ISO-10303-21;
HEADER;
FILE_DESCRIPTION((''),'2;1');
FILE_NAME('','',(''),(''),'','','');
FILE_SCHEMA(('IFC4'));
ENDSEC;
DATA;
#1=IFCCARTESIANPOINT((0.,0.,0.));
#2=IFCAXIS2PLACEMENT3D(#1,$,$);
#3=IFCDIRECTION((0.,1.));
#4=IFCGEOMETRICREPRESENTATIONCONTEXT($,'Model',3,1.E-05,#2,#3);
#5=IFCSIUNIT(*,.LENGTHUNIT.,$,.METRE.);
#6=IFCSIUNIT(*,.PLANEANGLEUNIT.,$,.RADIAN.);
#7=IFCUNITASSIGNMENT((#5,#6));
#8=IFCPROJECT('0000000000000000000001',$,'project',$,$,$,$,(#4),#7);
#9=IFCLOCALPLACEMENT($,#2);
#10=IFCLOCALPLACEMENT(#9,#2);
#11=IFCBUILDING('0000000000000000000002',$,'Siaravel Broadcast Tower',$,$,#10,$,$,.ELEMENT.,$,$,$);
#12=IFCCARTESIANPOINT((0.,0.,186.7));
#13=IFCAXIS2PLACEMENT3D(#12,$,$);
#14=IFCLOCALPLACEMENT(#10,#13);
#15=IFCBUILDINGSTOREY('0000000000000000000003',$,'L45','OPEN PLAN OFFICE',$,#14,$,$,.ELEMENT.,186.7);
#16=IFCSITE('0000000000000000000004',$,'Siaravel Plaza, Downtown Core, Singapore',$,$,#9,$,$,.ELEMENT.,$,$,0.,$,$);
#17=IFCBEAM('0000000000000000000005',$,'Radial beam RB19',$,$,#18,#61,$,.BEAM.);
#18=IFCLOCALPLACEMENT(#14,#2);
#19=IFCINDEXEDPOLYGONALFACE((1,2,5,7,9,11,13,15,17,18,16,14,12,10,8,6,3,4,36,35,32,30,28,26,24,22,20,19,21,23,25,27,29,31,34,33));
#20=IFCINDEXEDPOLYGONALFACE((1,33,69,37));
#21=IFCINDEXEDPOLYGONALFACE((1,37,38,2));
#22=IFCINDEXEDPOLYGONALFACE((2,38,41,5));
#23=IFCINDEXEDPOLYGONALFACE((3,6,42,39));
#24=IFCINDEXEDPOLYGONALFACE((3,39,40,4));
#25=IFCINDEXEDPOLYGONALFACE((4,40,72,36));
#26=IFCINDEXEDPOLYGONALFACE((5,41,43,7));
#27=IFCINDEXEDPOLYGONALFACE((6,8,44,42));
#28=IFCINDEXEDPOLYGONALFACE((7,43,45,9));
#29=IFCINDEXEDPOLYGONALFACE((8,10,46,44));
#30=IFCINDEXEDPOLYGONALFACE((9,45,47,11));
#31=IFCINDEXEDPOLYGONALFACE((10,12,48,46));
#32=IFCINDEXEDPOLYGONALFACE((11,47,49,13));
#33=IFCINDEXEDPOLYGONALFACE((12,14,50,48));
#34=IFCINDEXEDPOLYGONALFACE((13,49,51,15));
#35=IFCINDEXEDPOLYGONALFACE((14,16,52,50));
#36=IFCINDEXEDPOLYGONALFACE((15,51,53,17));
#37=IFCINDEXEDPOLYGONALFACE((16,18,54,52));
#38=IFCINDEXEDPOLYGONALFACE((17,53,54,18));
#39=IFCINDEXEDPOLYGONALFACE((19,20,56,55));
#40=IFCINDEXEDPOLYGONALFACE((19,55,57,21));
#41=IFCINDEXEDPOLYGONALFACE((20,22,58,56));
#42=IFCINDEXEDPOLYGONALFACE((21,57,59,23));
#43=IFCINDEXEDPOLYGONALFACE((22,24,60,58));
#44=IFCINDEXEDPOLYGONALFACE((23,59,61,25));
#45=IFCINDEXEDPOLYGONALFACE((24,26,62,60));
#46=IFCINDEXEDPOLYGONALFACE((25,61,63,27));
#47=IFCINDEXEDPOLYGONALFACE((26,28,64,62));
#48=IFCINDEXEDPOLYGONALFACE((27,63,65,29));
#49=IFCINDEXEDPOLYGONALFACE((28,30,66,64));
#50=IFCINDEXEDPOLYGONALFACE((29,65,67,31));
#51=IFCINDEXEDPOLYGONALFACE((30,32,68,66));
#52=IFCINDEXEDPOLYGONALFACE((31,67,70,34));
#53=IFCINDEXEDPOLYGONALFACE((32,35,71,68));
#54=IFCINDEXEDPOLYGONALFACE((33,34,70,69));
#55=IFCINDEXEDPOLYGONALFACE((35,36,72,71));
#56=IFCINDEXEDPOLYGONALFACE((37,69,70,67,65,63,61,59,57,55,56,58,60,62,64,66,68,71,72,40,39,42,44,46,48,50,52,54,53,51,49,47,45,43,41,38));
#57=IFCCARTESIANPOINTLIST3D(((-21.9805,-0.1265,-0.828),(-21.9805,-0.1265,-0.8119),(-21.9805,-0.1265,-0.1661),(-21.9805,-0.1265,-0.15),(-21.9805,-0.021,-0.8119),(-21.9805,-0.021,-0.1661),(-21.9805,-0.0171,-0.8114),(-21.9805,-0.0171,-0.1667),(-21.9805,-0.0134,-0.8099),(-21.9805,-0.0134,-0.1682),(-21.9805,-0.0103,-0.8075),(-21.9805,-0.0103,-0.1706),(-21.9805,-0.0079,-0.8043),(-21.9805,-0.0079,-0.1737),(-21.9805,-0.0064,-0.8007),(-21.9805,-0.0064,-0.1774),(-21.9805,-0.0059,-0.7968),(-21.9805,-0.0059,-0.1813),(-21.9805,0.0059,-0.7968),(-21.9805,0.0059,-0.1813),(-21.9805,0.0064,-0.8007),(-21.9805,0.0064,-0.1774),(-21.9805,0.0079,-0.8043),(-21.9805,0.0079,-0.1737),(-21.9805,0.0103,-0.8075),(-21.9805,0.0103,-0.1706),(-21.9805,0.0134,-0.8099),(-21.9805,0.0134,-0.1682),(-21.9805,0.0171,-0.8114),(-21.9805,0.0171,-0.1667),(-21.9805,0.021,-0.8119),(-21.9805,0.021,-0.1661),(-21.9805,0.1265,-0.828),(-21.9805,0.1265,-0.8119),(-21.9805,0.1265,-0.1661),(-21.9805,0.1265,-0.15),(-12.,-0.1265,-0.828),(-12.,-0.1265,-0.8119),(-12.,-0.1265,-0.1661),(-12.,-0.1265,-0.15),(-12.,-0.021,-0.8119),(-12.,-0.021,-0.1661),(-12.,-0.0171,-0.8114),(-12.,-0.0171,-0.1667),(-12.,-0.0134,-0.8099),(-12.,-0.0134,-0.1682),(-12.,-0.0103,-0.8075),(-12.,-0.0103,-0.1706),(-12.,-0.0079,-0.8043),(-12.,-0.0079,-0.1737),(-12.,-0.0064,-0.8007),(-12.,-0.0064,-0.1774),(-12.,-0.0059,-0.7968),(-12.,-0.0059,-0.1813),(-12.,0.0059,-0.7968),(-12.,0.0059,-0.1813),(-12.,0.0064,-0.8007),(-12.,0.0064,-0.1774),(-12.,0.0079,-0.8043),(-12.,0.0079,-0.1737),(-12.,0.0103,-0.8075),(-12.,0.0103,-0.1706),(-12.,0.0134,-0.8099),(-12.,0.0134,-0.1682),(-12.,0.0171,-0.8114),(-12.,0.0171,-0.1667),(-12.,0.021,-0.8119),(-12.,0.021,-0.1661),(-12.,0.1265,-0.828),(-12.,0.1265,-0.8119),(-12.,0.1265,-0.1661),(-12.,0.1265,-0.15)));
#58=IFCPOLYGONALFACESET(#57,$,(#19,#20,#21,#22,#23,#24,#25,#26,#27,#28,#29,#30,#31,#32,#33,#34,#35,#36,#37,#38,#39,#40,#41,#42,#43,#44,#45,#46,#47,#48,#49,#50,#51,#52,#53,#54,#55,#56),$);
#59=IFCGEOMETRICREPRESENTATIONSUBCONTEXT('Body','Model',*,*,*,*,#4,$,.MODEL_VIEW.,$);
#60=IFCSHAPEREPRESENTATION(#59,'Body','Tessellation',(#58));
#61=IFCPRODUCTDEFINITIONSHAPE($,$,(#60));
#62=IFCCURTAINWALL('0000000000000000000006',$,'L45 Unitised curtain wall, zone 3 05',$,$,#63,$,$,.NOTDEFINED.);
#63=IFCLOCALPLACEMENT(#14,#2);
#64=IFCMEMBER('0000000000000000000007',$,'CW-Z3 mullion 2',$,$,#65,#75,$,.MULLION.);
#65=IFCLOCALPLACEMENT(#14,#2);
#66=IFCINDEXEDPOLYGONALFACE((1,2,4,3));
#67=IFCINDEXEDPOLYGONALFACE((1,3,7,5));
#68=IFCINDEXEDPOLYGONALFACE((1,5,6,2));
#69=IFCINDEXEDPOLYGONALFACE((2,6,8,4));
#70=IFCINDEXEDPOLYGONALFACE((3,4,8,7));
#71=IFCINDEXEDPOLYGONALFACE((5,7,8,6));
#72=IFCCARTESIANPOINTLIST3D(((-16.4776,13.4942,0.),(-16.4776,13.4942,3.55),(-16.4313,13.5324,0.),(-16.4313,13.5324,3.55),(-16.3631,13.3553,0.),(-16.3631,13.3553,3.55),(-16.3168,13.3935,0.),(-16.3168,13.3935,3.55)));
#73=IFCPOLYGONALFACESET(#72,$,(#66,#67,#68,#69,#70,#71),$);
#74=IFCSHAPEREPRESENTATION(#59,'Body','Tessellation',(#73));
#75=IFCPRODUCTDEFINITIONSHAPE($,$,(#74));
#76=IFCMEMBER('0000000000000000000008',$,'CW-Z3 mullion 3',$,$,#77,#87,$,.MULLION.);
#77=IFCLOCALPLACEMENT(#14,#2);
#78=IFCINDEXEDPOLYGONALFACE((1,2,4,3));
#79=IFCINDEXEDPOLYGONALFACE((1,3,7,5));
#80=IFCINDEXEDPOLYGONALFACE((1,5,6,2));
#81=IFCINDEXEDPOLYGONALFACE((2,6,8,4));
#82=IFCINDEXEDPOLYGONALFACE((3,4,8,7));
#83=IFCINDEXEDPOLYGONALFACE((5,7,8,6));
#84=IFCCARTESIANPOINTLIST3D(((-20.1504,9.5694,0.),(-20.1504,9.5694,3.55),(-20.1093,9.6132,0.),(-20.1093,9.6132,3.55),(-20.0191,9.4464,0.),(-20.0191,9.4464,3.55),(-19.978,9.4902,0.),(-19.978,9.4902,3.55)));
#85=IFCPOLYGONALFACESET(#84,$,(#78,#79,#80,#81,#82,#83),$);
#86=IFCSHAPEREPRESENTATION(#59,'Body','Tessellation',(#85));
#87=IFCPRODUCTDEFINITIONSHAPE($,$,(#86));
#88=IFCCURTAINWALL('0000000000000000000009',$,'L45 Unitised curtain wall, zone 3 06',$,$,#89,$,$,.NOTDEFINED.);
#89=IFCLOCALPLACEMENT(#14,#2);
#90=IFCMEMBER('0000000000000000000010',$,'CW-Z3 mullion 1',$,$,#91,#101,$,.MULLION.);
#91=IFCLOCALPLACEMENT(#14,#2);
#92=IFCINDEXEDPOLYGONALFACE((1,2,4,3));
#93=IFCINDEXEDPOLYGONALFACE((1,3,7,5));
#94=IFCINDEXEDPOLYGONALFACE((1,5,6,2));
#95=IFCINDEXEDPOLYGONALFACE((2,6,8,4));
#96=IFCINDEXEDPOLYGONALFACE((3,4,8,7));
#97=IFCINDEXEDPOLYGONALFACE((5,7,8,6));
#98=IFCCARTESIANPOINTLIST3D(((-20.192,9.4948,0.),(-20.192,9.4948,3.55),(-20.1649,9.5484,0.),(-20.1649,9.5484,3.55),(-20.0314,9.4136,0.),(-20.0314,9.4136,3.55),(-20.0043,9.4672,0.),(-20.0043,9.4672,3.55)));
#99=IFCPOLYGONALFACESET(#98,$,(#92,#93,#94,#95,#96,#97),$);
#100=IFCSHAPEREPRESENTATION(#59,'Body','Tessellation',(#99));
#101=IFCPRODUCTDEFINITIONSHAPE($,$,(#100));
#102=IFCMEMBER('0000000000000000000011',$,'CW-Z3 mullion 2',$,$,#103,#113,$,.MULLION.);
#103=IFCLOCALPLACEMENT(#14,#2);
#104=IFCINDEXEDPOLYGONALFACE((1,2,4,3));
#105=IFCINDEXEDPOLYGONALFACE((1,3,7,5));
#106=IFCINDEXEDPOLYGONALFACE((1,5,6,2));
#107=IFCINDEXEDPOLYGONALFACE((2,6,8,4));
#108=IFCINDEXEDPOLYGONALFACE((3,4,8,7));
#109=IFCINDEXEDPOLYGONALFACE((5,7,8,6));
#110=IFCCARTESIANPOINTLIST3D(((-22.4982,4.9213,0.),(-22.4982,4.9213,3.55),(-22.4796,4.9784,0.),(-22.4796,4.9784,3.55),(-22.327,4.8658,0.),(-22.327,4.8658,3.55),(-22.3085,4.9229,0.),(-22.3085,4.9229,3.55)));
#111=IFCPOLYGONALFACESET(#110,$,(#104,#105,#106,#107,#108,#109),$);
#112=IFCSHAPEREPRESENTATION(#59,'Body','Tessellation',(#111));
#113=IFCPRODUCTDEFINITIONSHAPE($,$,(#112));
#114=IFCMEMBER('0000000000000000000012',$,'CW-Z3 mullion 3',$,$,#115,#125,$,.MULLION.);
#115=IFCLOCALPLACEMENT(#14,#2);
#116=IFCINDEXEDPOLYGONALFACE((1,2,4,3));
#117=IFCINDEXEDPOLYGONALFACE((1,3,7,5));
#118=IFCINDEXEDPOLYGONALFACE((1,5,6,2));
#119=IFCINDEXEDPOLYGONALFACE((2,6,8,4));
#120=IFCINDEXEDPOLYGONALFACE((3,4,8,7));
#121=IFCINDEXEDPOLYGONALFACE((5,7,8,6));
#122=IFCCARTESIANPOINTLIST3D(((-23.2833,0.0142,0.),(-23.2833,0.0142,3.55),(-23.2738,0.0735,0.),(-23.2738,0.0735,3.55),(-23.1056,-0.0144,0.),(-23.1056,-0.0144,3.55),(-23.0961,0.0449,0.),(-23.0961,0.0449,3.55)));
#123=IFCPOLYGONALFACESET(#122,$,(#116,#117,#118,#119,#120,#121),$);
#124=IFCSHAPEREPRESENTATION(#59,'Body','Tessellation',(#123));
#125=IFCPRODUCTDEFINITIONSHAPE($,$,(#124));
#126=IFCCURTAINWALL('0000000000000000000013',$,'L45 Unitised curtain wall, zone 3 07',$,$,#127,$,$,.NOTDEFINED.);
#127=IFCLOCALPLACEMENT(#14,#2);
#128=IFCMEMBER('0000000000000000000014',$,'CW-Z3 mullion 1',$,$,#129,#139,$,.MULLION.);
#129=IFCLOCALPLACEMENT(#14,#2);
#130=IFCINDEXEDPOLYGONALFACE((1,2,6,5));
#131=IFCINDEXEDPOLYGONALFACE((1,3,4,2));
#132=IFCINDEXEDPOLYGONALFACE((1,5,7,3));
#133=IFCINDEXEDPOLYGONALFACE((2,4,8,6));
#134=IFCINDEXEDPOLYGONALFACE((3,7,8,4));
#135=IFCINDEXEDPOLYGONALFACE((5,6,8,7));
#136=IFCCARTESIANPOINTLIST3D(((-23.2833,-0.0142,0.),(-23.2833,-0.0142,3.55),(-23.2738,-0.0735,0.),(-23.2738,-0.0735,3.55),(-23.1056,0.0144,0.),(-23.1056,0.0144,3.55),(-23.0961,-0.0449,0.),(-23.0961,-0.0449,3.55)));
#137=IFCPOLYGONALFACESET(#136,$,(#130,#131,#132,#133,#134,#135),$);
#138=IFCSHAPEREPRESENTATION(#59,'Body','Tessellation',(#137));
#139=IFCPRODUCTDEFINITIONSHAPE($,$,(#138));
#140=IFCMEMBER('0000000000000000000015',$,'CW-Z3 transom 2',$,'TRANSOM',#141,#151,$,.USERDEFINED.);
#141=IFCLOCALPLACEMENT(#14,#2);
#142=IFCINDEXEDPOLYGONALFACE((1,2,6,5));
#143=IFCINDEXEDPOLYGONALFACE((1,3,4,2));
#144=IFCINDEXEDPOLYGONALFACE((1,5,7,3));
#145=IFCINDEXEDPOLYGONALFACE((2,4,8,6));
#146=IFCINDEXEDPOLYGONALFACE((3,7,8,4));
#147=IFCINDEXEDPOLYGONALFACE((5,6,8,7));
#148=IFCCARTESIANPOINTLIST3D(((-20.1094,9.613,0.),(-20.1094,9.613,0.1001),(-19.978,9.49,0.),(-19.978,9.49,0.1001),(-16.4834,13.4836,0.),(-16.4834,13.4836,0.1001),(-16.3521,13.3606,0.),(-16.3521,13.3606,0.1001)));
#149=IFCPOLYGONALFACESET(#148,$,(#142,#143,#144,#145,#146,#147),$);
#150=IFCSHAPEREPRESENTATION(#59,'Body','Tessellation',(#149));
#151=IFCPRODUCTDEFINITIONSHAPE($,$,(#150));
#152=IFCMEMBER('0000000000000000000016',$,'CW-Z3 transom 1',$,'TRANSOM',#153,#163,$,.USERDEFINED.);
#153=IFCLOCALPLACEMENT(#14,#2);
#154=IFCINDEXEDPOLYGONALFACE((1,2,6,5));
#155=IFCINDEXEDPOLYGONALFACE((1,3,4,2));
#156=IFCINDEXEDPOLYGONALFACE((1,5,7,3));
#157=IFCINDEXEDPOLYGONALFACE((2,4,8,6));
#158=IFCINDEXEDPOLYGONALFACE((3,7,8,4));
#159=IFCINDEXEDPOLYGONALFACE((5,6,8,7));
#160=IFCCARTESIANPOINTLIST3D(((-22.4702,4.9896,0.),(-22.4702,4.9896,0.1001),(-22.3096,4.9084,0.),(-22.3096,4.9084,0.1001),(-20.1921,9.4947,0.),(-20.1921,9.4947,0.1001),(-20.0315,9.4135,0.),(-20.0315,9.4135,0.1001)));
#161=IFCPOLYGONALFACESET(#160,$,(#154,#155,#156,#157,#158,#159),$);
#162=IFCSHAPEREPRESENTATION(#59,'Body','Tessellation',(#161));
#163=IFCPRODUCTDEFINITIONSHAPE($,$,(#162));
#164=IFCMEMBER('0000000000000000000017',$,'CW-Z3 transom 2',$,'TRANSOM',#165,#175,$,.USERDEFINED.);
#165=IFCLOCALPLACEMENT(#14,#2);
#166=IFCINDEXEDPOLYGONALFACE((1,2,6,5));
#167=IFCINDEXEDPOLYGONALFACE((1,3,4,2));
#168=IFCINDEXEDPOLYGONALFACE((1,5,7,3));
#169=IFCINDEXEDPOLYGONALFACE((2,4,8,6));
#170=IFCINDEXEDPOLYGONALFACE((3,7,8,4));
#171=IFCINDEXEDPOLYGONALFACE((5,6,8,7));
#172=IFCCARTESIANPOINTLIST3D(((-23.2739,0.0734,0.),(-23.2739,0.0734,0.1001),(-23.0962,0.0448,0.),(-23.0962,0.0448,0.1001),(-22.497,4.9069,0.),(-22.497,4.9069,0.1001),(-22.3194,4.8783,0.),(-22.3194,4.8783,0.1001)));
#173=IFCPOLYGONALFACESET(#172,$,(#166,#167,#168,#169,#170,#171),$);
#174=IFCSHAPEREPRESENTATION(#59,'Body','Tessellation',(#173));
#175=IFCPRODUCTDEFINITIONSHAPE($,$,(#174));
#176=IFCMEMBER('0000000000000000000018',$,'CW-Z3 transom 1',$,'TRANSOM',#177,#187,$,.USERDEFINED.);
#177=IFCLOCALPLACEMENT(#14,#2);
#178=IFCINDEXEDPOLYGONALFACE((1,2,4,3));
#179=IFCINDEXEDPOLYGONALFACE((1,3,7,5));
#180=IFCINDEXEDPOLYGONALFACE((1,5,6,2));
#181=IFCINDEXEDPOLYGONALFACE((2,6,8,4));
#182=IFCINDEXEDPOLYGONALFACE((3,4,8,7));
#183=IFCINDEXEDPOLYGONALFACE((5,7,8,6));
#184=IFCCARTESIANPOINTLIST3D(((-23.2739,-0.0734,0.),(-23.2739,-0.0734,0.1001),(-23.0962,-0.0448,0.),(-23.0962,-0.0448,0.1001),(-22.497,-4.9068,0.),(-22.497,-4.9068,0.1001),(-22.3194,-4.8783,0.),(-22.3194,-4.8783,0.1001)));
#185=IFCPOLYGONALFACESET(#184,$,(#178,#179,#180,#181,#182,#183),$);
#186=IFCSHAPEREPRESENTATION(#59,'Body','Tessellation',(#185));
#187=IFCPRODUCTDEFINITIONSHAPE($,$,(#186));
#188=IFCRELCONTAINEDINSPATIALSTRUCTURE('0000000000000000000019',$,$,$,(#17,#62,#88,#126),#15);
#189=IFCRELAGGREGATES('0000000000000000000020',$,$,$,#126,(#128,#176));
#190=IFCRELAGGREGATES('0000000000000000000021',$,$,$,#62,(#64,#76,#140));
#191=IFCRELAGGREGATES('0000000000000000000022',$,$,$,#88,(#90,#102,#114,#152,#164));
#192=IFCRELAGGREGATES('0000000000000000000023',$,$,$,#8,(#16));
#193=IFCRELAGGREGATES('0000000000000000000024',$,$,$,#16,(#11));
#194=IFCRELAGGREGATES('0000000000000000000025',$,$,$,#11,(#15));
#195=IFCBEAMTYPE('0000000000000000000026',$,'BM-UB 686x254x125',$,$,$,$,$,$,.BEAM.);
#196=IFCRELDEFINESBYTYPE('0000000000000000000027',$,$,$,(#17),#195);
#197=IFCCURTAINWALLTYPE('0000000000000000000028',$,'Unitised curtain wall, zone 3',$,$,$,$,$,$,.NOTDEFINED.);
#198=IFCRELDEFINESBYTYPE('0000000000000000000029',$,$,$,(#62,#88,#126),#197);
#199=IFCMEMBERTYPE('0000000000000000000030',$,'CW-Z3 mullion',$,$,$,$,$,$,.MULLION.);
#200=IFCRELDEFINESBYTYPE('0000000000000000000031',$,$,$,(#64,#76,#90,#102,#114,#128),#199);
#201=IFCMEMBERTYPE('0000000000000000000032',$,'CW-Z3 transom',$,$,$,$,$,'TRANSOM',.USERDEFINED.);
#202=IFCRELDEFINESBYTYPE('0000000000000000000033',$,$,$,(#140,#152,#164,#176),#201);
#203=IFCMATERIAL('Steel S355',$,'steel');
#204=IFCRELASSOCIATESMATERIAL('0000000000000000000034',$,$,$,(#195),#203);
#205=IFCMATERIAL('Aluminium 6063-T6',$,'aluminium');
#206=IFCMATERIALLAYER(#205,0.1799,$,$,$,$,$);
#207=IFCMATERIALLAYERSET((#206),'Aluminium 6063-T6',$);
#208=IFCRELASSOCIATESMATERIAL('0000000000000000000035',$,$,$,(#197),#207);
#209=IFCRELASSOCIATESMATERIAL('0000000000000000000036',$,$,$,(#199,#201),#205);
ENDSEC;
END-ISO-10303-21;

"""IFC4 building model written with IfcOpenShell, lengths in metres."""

from ifc_helpers import new_model, si_unit, direction, frame, origin, origin_2d, place, context, subcontext, project, spatial, rectangle, i_section, extrude, material, layer, layer_set, material_profile, profile_set, type_object, element, aggregate, save


model = new_model("IFC4")

# Units and contexts
model_context = context("Model", 3, precision=1e-05, world=origin(), true_north=direction((0.0, 1.0)))
body_context = subcontext(model_context, "Body", "Model", "MODEL_VIEW")
ifc_project = project(units=[si_unit("LENGTHUNIT", "METRE"), si_unit("PLANEANGLEUNIT", "RADIAN")], contexts=[model_context])

# Site, building, storey
site_placement = place(None, origin())
site = spatial("IfcSite", under=ifc_project, at=site_placement, Name="Siaravel Plaza, Downtown Core, Singapore", CompositionType="ELEMENT", RefElevation=0.0)
building_placement = place(site_placement, origin())
building = spatial("IfcBuilding", under=site, at=building_placement, Name="Siaravel Broadcast Tower", CompositionType="ELEMENT")
storey_placement = place(building_placement, frame((0.0, 0.0, 186.7)))
storey = spatial("IfcBuildingStorey", under=building, at=storey_placement, Name="L45", Description="OPEN PLAN OFFICE", CompositionType="ELEMENT", Elevation=186.7)

# Beam
ifc_material_1 = material(Name="Steel S355", Category="steel")
ifc_material_profile_1 = material_profile(ifc_material_1, i_section(OverallWidth=0.2529, OverallDepth=0.678, WebThickness=0.0117, FlangeThickness=0.0161, FilletRadius=0.0151, at=origin_2d()))
ifc_profile_set_1 = profile_set([ifc_material_profile_1], Name="Steel S355")
beam_type = type_object("IfcBeamType", Name="BM-UB 686x254x125", PredefinedType="BEAM", material=ifc_profile_set_1)
beam_1_placement = place(storey_placement, frame((-21.9805, 0.0, -0.489), z_axis=(1.0, 0.0, 0.0), x_axis=(0.0, 1.0, 0.0)))
element("IfcBeam", 1, at=beam_1_placement, inside=storey, type_object=beam_type, Name="Radial beam RB19", PredefinedType="BEAM", context=body_context, shape_type="SweptSolid", body=[
    extrude(i_section(OverallWidth=0.2529, OverallDepth=0.678, WebThickness=0.0117, FlangeThickness=0.0161, FilletRadius=0.0151, at=origin_2d()), origin(), (0.0, 0.0, 1.0), 9.9805),
])

# Curtain walls, members
ifc_material_2 = material(Name="Aluminium 6063-T6", Category="aluminium")
ifc_layer_1 = layer(ifc_material_2, 0.1799)
ifc_layer_set_1 = layer_set([ifc_layer_1], Name="Aluminium 6063-T6")
curtain_wall_type = type_object("IfcCurtainWallType", Name="Unitised curtain wall, zone 3", PredefinedType="NOTDEFINED", material=ifc_layer_set_1)
curtain_wall_1_placement = place(storey_placement, origin())
curtain_wall_1 = element("IfcCurtainWall", 2, at=curtain_wall_1_placement, inside=storey, type_object=curtain_wall_type, Name="L45 Unitised curtain wall, zone 3 05", PredefinedType="NOTDEFINED")
ifc_material_profile_2 = material_profile(ifc_material_2, rectangle(XDim=0.1799, YDim=0.0601, at=origin_2d()))
ifc_profile_set_2 = profile_set([ifc_material_profile_2], Name="Aluminium 6063-T6")
member_type_1 = type_object("IfcMemberType", Name="CW-Z3 mullion", PredefinedType="MULLION", material=ifc_profile_set_2)
member_1_placement = place(storey_placement, frame((-16.3972, 13.4438, 0.0), z_axis=(0.0, 0.0, 1.0), x_axis=(0.636218, -0.771509, 0.0)))
member_1 = element("IfcMember", 3, at=member_1_placement, type_object=member_type_1, Name="CW-Z3 mullion 2", PredefinedType="MULLION", context=body_context, shape_type="SweptSolid", body=[
    extrude(rectangle(XDim=0.1799, YDim=0.0601, at=origin_2d()), origin(), (0.0, 0.0, 1.0), 3.55),
])
member_2_placement = place(storey_placement, frame((-20.0642, 9.5298, 0.0), z_axis=(0.0, 0.0, 1.0), x_axis=(0.729805, -0.683655, 0.0)))
member_2 = element("IfcMember", 4, at=member_2_placement, type_object=member_type_1, Name="CW-Z3 mullion 3", PredefinedType="MULLION", context=body_context, shape_type="SweptSolid", body=[
    extrude(rectangle(XDim=0.1799, YDim=0.0601, at=origin_2d()), origin(), (0.0, 0.0, 1.0), 3.55),
])
curtain_wall_2_placement = place(storey_placement, origin())
curtain_wall_2 = element("IfcCurtainWall", 5, at=curtain_wall_2_placement, inside=storey, type_object=curtain_wall_type, Name="L45 Unitised curtain wall, zone 3 06", PredefinedType="NOTDEFINED")
member_3_placement = place(storey_placement, frame((-20.0981, 9.481, 0.0), z_axis=(0.0, 0.0, 1.0), x_axis=(0.892392, -0.451261, 0.0)))
member_3 = element("IfcMember", 6, at=member_3_placement, type_object=member_type_1, Name="CW-Z3 mullion 1", PredefinedType="MULLION", context=body_context, shape_type="SweptSolid", body=[
    extrude(rectangle(XDim=0.1799, YDim=0.0601, at=origin_2d()), origin(), (0.0, 0.0, 1.0), 3.55),
])
member_4_placement = place(storey_placement, frame((-22.4033, 4.9221, 0.0), z_axis=(0.0, 0.0, 1.0), x_axis=(0.951177, -0.308645, 0.0)))
member_4 = element("IfcMember", 7, at=member_4_placement, type_object=member_type_1, Name="CW-Z3 mullion 2", PredefinedType="MULLION", context=body_context, shape_type="SweptSolid", body=[
    extrude(rectangle(XDim=0.1799, YDim=0.0601, at=origin_2d()), origin(), (0.0, 0.0, 1.0), 3.55),
])
member_5_placement = place(storey_placement, frame((-23.1897, 0.0295, 0.0), z_axis=(0.0, 0.0, 1.0), x_axis=(0.987329, -0.158686, 0.0)))
member_5 = element("IfcMember", 8, at=member_5_placement, type_object=member_type_1, Name="CW-Z3 mullion 3", PredefinedType="MULLION", context=body_context, shape_type="SweptSolid", body=[
    extrude(rectangle(XDim=0.1799, YDim=0.0601, at=origin_2d()), origin(), (0.0, 0.0, 1.0), 3.55),
])

# Curtain wall, member
curtain_wall_3_placement = place(storey_placement, origin())
curtain_wall_3 = element("IfcCurtainWall", 9, at=curtain_wall_3_placement, inside=storey, type_object=curtain_wall_type, Name="L45 Unitised curtain wall, zone 3 07", PredefinedType="NOTDEFINED")
member_6_placement = place(storey_placement, frame((-23.1897, -0.0295, 0.0), z_axis=(0.0, 0.0, 1.0), x_axis=(0.987329, 0.158686, 0.0)))
member_6 = element("IfcMember", 10, at=member_6_placement, type_object=member_type_1, Name="CW-Z3 mullion 1", PredefinedType="MULLION", context=body_context, shape_type="SweptSolid", body=[
    extrude(rectangle(XDim=0.1799, YDim=0.0601, at=origin_2d()), origin(), (0.0, 0.0, 1.0), 3.55),
])

# Members
ifc_material_profile_3 = material_profile(ifc_material_2, rectangle(XDim=0.1799, YDim=0.1001, at=origin_2d()))
ifc_profile_set_3 = profile_set([ifc_material_profile_3], Name="Aluminium 6063-T6")
member_type_2 = type_object("IfcMemberType", Name="CW-Z3 transom", ElementType="TRANSOM", PredefinedType="USERDEFINED", material=ifc_profile_set_3)
member_7_placement = place(storey_placement, frame((-16.4177, 13.4221, 0.05), z_axis=(-0.683669, -0.729793, 0.0), x_axis=(0.729793, -0.683669, 0.0)))
member_7 = element("IfcMember", 11, at=member_7_placement, type_object=member_type_2, Name="CW-Z3 transom 2", ObjectType="TRANSOM", PredefinedType="USERDEFINED", context=body_context, shape_type="SweptSolid", body=[
    extrude(rectangle(XDim=0.1799, YDim=0.1001, at=origin_2d()), origin(), (0.0, 0.0, 1.0), 5.3037),
])
member_8_placement = place(storey_placement, frame((-20.1118, 9.4541, 0.05), z_axis=(-0.451252, -0.892397, 0.0), x_axis=(0.892397, -0.451252, 0.0)))
member_8 = element("IfcMember", 12, at=member_8_placement, type_object=member_type_2, Name="CW-Z3 transom 1", ObjectType="TRANSOM", PredefinedType="USERDEFINED", context=body_context, shape_type="SweptSolid", body=[
    extrude(rectangle(XDim=0.1799, YDim=0.1001, at=origin_2d()), origin(), (0.0, 0.0, 1.0), 5.0483),
])
member_9_placement = place(storey_placement, frame((-22.4082, 4.8926, 0.05), z_axis=(-0.158687, -0.987329, 0.0), x_axis=(0.987329, -0.158687, 0.0)))
member_9 = element("IfcMember", 13, at=member_9_placement, type_object=member_type_2, Name="CW-Z3 transom 2", ObjectType="TRANSOM", PredefinedType="USERDEFINED", context=body_context, shape_type="SweptSolid", body=[
    extrude(rectangle(XDim=0.1799, YDim=0.1001, at=origin_2d()), origin(), (0.0, 0.0, 1.0), 4.8955),
])
member_10_placement = place(storey_placement, frame((-23.1851, -0.0591, 0.05), z_axis=(0.158687, -0.987329, 0.0), x_axis=(0.987329, 0.158687, 0.0)))
member_10 = element("IfcMember", 14, at=member_10_placement, type_object=member_type_2, Name="CW-Z3 transom 1", ObjectType="TRANSOM", PredefinedType="USERDEFINED", context=body_context, shape_type="SweptSolid", body=[
    extrude(rectangle(XDim=0.1799, YDim=0.1001, at=origin_2d()), origin(), (0.0, 0.0, 1.0), 4.8955),
])
aggregate(curtain_wall_3, [member_6, member_10])

aggregate(curtain_wall_1, [member_1, member_2, member_7])
aggregate(curtain_wall_2, [member_3, member_4, member_5, member_8, member_9])

save(model, "model.ifc")
